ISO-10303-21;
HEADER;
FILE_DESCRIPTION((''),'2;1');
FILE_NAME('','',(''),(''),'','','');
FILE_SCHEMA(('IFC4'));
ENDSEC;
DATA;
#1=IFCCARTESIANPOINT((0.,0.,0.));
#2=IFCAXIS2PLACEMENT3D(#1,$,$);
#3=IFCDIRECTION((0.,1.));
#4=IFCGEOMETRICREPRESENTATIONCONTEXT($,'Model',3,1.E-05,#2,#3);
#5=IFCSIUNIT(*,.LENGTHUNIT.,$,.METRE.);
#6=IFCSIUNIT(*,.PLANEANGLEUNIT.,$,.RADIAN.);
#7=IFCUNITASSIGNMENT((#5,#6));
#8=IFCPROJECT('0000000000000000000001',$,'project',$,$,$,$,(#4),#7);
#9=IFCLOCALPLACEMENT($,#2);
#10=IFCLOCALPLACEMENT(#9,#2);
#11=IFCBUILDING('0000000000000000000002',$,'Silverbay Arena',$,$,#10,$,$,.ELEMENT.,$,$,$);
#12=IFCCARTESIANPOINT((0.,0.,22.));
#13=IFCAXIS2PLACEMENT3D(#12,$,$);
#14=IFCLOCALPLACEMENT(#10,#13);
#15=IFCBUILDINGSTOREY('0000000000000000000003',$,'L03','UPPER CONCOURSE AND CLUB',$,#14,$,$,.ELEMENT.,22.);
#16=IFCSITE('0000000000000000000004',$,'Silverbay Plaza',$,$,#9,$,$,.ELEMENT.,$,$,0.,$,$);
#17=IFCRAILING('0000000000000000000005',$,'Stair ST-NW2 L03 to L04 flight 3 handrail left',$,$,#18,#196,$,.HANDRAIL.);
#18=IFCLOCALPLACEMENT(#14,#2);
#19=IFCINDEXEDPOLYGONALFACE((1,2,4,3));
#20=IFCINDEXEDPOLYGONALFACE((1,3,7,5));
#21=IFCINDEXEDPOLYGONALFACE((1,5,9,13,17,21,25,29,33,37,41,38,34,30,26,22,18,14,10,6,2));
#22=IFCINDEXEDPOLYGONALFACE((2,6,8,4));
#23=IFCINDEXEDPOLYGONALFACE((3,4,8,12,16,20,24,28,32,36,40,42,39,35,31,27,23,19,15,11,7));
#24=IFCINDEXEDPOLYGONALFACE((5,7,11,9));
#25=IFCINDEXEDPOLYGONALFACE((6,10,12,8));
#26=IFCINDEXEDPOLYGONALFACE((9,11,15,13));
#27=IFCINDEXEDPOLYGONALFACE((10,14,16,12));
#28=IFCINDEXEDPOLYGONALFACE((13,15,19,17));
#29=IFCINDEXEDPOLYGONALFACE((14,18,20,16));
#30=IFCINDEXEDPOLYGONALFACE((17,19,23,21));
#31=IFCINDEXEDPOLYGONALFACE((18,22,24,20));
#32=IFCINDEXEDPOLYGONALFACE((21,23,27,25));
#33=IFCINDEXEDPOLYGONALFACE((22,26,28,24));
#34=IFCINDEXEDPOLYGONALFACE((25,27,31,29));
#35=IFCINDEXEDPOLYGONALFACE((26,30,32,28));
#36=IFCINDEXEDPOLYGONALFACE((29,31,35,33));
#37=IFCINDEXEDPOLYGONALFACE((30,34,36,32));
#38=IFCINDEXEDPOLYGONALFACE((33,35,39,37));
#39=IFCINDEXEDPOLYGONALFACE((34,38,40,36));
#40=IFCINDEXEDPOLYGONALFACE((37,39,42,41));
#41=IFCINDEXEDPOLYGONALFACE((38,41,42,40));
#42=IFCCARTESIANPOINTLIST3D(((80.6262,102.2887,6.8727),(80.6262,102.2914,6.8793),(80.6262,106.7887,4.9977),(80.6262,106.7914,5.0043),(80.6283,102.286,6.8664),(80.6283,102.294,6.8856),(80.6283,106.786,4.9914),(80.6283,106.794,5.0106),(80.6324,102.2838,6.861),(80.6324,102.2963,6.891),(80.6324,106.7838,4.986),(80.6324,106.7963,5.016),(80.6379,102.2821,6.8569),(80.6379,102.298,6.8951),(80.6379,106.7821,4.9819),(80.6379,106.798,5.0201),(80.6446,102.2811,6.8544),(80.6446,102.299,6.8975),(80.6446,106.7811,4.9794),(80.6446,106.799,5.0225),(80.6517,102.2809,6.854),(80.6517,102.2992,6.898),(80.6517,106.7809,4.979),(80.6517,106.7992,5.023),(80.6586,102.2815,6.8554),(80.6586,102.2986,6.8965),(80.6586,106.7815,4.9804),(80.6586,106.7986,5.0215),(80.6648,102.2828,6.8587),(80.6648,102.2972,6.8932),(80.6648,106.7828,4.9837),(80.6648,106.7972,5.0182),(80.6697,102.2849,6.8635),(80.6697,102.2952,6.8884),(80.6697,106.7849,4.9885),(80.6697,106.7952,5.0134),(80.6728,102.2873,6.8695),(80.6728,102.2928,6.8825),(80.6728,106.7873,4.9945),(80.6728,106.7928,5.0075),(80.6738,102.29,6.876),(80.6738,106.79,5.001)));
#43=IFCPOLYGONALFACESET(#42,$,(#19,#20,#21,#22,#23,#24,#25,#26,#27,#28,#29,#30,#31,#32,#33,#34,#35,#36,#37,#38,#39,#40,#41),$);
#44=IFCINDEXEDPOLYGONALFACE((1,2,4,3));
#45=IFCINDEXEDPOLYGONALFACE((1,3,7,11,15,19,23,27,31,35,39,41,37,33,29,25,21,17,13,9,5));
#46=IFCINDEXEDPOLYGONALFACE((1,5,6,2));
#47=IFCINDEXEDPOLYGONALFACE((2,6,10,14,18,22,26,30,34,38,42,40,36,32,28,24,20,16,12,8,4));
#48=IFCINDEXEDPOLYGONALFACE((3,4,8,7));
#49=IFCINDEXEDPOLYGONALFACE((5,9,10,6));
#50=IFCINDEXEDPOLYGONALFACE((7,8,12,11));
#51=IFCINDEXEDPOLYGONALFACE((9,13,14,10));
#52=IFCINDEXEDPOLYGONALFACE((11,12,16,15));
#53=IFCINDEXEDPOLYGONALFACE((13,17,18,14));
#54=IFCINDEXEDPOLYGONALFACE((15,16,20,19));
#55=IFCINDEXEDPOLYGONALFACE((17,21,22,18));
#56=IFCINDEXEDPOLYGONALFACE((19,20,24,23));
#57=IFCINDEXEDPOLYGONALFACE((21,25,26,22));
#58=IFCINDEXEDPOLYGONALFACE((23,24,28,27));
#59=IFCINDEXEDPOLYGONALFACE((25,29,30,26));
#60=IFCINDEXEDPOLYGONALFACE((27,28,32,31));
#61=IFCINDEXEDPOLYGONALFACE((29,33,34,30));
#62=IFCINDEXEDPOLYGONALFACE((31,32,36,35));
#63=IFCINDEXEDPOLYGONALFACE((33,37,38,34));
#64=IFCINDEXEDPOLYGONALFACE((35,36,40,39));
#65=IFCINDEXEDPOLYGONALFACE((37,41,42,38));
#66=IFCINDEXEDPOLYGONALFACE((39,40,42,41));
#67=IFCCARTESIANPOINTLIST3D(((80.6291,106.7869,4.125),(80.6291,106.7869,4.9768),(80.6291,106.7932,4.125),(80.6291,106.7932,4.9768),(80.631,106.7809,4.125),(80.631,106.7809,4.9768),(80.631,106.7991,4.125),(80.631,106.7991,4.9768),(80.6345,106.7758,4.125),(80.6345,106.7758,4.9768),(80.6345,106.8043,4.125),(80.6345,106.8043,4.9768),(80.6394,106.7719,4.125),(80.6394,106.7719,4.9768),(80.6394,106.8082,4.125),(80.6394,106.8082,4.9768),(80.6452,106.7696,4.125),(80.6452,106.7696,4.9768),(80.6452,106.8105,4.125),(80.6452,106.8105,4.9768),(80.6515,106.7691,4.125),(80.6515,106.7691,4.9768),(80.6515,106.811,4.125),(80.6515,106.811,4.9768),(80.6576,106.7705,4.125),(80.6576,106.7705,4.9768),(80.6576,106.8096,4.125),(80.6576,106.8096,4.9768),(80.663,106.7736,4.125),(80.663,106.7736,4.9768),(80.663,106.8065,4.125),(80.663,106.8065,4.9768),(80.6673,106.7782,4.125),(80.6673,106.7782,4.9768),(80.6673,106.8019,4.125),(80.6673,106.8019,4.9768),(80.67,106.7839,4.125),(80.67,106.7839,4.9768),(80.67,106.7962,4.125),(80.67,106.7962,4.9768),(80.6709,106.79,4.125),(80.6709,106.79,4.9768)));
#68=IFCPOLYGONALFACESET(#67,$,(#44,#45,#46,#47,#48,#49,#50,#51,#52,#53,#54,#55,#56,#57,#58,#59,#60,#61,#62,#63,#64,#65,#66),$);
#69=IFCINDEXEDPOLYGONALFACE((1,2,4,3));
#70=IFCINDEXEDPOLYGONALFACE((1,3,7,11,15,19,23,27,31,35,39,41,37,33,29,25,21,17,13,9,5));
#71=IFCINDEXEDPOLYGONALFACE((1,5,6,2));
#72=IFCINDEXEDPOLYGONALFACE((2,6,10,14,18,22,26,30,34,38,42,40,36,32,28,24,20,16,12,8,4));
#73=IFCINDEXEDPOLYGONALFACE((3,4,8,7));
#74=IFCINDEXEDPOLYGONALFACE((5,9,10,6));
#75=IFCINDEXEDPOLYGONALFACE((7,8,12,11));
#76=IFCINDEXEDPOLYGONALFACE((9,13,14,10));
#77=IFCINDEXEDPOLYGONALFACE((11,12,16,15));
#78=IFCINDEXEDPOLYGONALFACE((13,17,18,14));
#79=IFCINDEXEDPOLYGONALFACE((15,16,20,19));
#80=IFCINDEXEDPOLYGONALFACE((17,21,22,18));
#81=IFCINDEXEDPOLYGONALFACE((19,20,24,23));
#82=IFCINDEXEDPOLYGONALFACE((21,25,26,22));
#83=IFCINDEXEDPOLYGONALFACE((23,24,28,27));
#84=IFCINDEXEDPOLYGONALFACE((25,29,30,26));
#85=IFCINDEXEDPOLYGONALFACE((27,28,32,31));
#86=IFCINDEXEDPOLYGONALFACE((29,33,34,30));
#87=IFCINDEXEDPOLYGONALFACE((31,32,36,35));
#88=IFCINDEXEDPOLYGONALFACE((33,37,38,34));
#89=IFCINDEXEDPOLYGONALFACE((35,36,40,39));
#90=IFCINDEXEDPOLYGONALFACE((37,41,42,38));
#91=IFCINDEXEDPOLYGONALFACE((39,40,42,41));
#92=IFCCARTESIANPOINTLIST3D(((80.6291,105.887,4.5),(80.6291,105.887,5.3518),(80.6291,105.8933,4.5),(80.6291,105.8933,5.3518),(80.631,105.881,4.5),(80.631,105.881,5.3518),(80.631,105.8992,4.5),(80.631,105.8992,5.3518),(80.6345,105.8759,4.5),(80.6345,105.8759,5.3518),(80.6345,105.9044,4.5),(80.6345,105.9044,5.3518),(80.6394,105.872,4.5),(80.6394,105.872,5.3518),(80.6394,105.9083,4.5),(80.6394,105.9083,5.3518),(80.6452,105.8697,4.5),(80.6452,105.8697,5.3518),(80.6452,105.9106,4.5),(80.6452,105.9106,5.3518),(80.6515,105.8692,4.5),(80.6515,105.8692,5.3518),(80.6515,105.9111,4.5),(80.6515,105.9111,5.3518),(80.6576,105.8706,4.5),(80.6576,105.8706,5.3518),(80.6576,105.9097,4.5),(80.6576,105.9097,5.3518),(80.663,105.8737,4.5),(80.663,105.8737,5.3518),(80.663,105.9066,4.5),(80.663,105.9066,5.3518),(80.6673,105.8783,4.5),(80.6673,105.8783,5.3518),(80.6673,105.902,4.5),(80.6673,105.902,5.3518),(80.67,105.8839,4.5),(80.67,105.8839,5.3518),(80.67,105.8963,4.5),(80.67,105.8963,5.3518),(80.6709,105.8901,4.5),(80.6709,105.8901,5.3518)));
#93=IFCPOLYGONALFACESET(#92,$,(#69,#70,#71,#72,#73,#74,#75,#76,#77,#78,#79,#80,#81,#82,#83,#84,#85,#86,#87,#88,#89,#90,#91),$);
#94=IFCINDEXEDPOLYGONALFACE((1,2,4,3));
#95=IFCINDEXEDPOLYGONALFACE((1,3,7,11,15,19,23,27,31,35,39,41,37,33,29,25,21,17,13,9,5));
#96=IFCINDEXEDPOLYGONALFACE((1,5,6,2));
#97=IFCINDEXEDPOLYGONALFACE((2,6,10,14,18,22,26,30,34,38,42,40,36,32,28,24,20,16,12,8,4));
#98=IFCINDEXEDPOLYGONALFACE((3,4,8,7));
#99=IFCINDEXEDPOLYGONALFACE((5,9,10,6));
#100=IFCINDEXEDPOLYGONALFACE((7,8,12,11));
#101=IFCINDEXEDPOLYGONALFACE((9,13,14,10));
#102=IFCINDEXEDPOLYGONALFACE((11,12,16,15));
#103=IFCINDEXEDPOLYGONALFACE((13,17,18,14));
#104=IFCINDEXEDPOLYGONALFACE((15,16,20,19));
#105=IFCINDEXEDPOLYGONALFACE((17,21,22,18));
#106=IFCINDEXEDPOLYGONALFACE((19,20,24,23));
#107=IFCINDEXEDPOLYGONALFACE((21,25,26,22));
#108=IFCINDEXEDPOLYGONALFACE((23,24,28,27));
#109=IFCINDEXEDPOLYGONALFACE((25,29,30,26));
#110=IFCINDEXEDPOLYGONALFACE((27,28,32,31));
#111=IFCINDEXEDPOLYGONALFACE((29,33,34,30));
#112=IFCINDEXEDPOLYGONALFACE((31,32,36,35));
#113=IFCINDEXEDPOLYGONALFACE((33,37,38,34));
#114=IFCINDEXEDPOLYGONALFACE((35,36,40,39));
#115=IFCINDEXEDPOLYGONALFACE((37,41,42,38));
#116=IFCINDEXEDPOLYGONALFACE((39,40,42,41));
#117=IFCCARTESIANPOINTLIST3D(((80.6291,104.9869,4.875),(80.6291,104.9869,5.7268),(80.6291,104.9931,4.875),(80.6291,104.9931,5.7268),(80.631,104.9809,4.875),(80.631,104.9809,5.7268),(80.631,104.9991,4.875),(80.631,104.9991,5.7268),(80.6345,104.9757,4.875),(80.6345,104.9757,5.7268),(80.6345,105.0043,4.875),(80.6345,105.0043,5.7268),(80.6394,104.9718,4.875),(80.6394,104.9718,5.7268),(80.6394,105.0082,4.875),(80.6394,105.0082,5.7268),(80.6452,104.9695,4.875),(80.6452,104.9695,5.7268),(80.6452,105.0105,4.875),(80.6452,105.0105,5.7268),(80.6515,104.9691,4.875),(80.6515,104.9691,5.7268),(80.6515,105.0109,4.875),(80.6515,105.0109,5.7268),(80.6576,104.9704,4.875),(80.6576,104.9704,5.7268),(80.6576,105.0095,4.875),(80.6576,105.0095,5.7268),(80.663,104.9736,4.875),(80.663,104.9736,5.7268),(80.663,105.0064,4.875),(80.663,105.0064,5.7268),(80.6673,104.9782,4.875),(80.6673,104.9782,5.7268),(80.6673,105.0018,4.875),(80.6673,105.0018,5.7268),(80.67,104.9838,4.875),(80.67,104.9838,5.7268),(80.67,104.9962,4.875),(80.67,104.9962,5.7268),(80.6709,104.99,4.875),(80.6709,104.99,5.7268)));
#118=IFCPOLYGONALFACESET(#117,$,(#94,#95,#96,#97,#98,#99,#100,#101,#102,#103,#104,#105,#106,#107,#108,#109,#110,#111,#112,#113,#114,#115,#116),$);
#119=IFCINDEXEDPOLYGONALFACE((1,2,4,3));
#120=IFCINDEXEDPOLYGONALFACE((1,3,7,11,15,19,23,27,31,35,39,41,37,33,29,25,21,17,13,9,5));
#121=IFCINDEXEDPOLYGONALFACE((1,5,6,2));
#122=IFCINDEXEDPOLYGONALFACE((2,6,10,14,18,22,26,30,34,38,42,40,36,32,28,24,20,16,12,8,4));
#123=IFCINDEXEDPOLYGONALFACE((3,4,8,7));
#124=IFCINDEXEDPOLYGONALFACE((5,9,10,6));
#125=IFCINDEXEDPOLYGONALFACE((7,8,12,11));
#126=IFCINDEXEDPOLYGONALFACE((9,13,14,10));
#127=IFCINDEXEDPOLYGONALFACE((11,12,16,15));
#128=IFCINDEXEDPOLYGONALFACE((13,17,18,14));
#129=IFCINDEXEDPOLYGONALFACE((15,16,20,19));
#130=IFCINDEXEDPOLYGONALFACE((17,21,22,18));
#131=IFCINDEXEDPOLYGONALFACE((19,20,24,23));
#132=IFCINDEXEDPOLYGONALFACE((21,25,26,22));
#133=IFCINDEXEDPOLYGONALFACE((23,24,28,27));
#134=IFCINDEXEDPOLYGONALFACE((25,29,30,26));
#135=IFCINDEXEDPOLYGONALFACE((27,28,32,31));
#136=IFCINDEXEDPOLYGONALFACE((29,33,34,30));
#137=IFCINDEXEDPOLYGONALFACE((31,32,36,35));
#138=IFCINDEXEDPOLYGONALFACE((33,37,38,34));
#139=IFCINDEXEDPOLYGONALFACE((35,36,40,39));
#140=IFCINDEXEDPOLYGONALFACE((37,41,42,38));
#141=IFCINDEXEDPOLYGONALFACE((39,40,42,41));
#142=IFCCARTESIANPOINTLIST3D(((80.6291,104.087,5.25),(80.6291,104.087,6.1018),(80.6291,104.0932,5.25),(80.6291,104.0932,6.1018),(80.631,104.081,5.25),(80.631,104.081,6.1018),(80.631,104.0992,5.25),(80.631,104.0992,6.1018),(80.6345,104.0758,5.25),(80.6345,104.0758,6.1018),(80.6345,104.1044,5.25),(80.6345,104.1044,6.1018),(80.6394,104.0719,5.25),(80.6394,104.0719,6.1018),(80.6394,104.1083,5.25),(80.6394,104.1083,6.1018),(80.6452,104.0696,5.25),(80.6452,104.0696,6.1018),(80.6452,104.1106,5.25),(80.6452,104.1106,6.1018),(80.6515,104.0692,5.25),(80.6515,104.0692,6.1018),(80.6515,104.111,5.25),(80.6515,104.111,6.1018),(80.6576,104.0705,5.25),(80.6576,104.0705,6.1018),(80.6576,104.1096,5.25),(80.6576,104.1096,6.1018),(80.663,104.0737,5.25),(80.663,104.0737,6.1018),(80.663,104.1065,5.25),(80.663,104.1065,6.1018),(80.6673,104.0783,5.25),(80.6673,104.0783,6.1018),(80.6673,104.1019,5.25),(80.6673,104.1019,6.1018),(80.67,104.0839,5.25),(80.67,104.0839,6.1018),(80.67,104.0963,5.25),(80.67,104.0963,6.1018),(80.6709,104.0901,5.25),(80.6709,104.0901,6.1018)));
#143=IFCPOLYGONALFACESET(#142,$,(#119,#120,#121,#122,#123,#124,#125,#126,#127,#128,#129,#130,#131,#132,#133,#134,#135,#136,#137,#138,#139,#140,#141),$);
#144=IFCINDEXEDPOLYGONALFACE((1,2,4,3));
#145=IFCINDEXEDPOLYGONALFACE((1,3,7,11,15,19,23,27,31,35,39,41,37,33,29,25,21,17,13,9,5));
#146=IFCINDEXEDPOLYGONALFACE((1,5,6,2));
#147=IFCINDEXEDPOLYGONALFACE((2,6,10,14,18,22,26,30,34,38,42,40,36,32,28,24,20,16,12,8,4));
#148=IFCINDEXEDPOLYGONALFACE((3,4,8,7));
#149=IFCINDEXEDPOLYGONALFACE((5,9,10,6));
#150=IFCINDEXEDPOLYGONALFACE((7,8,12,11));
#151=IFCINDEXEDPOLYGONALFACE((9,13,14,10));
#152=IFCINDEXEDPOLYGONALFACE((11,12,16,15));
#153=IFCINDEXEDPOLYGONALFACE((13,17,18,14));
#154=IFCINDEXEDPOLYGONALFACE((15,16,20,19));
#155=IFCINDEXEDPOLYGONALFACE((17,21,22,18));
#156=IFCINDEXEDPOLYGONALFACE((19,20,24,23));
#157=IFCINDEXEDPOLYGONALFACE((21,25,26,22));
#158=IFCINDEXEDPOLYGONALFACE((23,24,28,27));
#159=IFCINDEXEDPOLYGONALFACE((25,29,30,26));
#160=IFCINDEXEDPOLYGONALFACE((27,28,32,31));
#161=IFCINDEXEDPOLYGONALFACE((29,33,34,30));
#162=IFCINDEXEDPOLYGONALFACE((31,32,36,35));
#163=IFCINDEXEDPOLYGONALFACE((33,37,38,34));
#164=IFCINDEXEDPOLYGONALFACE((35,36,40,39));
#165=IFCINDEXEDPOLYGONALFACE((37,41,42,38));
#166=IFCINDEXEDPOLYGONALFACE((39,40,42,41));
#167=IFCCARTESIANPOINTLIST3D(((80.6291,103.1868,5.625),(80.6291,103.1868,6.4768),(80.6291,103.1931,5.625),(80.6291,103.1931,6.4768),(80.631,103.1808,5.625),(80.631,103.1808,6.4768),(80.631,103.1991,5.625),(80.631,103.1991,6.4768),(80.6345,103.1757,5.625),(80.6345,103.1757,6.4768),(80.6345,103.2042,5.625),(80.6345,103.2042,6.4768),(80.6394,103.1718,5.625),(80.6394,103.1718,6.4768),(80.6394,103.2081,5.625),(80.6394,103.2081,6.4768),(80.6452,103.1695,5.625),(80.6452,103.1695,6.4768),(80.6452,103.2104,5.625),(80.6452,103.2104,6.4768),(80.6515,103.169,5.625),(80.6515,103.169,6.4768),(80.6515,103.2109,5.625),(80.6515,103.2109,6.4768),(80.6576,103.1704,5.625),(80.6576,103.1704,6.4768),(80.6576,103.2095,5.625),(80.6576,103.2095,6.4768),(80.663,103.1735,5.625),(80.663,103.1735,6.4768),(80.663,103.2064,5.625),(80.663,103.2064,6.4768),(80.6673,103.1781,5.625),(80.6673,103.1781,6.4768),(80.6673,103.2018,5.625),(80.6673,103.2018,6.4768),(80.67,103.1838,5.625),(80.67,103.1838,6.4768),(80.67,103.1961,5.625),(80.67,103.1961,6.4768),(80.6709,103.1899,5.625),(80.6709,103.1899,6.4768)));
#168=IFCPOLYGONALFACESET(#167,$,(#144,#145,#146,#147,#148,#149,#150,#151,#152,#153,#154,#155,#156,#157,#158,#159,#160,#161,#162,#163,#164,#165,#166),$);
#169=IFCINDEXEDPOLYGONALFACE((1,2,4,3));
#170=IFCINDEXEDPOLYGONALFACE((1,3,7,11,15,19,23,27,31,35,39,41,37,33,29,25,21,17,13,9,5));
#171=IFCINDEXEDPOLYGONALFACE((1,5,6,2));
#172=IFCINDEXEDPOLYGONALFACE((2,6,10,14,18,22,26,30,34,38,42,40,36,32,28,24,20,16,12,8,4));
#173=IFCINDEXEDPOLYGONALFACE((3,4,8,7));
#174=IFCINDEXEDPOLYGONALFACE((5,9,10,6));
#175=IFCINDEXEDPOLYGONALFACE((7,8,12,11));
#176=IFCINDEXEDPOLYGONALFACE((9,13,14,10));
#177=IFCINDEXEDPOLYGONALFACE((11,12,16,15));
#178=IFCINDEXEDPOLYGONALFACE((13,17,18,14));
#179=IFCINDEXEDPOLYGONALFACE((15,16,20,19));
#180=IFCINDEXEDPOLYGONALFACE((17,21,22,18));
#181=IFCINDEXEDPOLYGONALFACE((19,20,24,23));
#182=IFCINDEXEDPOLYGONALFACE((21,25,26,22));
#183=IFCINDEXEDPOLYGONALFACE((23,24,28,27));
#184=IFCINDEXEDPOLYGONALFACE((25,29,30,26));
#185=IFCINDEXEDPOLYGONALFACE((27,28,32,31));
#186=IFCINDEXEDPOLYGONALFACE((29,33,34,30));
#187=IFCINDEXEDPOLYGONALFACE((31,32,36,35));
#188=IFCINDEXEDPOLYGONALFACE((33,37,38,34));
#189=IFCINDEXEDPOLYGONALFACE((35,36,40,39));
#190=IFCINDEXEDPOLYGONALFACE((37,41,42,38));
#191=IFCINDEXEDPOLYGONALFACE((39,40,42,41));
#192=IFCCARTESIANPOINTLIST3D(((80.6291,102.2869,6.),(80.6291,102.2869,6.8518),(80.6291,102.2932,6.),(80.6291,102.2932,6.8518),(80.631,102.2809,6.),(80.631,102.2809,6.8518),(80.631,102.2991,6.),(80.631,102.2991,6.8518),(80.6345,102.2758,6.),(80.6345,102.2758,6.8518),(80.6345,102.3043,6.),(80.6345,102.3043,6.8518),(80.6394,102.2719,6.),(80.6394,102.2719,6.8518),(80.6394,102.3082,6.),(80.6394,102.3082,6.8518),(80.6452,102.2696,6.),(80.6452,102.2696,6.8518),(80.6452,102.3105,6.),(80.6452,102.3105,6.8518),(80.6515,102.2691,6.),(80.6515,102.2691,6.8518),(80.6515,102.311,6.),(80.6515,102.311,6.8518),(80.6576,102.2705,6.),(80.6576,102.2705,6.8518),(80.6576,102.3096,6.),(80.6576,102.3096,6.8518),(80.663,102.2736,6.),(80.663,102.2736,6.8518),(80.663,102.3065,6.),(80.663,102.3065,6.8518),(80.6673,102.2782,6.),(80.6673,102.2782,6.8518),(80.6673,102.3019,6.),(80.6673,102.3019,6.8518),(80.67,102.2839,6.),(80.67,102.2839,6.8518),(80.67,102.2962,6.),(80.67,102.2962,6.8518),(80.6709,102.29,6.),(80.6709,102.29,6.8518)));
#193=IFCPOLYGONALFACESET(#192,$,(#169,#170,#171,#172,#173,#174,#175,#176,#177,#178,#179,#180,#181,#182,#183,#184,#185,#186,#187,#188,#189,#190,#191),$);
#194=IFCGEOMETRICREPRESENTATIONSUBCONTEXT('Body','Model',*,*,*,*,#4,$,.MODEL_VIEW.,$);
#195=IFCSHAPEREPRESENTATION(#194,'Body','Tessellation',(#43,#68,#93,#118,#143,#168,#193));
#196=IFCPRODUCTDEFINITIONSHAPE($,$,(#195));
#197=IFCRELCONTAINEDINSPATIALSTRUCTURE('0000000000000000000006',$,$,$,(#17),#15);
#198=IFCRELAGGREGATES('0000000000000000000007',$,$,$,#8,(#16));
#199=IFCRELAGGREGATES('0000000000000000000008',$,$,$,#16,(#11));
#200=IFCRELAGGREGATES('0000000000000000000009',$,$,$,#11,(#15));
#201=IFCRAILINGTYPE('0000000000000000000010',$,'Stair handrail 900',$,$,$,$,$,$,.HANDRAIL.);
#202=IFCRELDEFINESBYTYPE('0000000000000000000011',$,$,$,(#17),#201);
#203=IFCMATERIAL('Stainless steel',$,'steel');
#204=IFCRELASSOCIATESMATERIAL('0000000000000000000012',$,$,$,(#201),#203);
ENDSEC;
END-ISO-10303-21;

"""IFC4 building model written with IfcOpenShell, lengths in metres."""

from ifc_helpers import new_model, si_unit, direction, frame, origin, origin_2d, place, context, subcontext, project, spatial, circle, extrude, material, type_object, element, save


model = new_model("IFC4")

# Units and contexts
model_context = context("Model", 3, precision=1e-05, world=origin(), true_north=direction((0.0, 1.0)))
body_context = subcontext(model_context, "Body", "Model", "MODEL_VIEW")
ifc_project = project(units=[si_unit("LENGTHUNIT", "METRE"), si_unit("PLANEANGLEUNIT", "RADIAN")], contexts=[model_context])

# Site, building, storey
site_placement = place(None, origin())
site = spatial("IfcSite", under=ifc_project, at=site_placement, Name="Silverbay Plaza", CompositionType="ELEMENT", RefElevation=0.0)
building_placement = place(site_placement, origin())
building = spatial("IfcBuilding", under=site, at=building_placement, Name="Silverbay Arena", CompositionType="ELEMENT")
storey_placement = place(building_placement, frame((0.0, 0.0, 22.0)))
storey = spatial("IfcBuildingStorey", under=building, at=storey_placement, Name="L03", Description="UPPER CONCOURSE AND CLUB", CompositionType="ELEMENT", Elevation=22.0)

# Railing
ifc_material_1 = material(Name="Stainless steel", Category="steel")
railing_type_1 = type_object("IfcRailingType", Name="Stair handrail 900", PredefinedType="HANDRAIL", material=ifc_material_1)
for number, where, name in (
    (1, (80.6499, 106.79, 4.125), "Stair ST-NW2 L03 to L04 flight 3 handrail left"),
):
    element("IfcRailing", number, at=place(storey_placement, frame(where)), inside=storey, type_object=railing_type_1, Name=name, PredefinedType="HANDRAIL", context=body_context, shape_type="SweptSolid", body=[
        extrude(circle(Radius=0.0239, at=origin_2d()), frame((0.0, 0.0, 0.876), z_axis=(0.0, -0.923077, 0.384615), x_axis=(1.0, 0.0, 0.0)), (0.0, 0.0, 1.0), 4.875),
        extrude(circle(Radius=0.021, at=origin_2d()), origin(), (0.0, 0.0, 1.0), 0.8518),
        extrude(circle(Radius=0.021, at=origin_2d()), frame((0.0, -0.8999, 0.375)), (0.0, 0.0, 1.0), 0.8518),
        extrude(circle(Radius=0.021, at=origin_2d()), frame((0.0, -1.8, 0.75)), (0.0, 0.0, 1.0), 0.8518),
        extrude(circle(Radius=0.021, at=origin_2d()), frame((0.0, -2.7, 1.125)), (0.0, 0.0, 1.0), 0.8518),
        extrude(circle(Radius=0.021, at=origin_2d()), frame((0.0, -3.6001, 1.5)), (0.0, 0.0, 1.0), 0.8518),
        extrude(circle(Radius=0.021, at=origin_2d()), frame((0.0, -4.5, 1.875)), (0.0, 0.0, 1.0), 0.8518),
    ])

save(model, "model.ifc")
